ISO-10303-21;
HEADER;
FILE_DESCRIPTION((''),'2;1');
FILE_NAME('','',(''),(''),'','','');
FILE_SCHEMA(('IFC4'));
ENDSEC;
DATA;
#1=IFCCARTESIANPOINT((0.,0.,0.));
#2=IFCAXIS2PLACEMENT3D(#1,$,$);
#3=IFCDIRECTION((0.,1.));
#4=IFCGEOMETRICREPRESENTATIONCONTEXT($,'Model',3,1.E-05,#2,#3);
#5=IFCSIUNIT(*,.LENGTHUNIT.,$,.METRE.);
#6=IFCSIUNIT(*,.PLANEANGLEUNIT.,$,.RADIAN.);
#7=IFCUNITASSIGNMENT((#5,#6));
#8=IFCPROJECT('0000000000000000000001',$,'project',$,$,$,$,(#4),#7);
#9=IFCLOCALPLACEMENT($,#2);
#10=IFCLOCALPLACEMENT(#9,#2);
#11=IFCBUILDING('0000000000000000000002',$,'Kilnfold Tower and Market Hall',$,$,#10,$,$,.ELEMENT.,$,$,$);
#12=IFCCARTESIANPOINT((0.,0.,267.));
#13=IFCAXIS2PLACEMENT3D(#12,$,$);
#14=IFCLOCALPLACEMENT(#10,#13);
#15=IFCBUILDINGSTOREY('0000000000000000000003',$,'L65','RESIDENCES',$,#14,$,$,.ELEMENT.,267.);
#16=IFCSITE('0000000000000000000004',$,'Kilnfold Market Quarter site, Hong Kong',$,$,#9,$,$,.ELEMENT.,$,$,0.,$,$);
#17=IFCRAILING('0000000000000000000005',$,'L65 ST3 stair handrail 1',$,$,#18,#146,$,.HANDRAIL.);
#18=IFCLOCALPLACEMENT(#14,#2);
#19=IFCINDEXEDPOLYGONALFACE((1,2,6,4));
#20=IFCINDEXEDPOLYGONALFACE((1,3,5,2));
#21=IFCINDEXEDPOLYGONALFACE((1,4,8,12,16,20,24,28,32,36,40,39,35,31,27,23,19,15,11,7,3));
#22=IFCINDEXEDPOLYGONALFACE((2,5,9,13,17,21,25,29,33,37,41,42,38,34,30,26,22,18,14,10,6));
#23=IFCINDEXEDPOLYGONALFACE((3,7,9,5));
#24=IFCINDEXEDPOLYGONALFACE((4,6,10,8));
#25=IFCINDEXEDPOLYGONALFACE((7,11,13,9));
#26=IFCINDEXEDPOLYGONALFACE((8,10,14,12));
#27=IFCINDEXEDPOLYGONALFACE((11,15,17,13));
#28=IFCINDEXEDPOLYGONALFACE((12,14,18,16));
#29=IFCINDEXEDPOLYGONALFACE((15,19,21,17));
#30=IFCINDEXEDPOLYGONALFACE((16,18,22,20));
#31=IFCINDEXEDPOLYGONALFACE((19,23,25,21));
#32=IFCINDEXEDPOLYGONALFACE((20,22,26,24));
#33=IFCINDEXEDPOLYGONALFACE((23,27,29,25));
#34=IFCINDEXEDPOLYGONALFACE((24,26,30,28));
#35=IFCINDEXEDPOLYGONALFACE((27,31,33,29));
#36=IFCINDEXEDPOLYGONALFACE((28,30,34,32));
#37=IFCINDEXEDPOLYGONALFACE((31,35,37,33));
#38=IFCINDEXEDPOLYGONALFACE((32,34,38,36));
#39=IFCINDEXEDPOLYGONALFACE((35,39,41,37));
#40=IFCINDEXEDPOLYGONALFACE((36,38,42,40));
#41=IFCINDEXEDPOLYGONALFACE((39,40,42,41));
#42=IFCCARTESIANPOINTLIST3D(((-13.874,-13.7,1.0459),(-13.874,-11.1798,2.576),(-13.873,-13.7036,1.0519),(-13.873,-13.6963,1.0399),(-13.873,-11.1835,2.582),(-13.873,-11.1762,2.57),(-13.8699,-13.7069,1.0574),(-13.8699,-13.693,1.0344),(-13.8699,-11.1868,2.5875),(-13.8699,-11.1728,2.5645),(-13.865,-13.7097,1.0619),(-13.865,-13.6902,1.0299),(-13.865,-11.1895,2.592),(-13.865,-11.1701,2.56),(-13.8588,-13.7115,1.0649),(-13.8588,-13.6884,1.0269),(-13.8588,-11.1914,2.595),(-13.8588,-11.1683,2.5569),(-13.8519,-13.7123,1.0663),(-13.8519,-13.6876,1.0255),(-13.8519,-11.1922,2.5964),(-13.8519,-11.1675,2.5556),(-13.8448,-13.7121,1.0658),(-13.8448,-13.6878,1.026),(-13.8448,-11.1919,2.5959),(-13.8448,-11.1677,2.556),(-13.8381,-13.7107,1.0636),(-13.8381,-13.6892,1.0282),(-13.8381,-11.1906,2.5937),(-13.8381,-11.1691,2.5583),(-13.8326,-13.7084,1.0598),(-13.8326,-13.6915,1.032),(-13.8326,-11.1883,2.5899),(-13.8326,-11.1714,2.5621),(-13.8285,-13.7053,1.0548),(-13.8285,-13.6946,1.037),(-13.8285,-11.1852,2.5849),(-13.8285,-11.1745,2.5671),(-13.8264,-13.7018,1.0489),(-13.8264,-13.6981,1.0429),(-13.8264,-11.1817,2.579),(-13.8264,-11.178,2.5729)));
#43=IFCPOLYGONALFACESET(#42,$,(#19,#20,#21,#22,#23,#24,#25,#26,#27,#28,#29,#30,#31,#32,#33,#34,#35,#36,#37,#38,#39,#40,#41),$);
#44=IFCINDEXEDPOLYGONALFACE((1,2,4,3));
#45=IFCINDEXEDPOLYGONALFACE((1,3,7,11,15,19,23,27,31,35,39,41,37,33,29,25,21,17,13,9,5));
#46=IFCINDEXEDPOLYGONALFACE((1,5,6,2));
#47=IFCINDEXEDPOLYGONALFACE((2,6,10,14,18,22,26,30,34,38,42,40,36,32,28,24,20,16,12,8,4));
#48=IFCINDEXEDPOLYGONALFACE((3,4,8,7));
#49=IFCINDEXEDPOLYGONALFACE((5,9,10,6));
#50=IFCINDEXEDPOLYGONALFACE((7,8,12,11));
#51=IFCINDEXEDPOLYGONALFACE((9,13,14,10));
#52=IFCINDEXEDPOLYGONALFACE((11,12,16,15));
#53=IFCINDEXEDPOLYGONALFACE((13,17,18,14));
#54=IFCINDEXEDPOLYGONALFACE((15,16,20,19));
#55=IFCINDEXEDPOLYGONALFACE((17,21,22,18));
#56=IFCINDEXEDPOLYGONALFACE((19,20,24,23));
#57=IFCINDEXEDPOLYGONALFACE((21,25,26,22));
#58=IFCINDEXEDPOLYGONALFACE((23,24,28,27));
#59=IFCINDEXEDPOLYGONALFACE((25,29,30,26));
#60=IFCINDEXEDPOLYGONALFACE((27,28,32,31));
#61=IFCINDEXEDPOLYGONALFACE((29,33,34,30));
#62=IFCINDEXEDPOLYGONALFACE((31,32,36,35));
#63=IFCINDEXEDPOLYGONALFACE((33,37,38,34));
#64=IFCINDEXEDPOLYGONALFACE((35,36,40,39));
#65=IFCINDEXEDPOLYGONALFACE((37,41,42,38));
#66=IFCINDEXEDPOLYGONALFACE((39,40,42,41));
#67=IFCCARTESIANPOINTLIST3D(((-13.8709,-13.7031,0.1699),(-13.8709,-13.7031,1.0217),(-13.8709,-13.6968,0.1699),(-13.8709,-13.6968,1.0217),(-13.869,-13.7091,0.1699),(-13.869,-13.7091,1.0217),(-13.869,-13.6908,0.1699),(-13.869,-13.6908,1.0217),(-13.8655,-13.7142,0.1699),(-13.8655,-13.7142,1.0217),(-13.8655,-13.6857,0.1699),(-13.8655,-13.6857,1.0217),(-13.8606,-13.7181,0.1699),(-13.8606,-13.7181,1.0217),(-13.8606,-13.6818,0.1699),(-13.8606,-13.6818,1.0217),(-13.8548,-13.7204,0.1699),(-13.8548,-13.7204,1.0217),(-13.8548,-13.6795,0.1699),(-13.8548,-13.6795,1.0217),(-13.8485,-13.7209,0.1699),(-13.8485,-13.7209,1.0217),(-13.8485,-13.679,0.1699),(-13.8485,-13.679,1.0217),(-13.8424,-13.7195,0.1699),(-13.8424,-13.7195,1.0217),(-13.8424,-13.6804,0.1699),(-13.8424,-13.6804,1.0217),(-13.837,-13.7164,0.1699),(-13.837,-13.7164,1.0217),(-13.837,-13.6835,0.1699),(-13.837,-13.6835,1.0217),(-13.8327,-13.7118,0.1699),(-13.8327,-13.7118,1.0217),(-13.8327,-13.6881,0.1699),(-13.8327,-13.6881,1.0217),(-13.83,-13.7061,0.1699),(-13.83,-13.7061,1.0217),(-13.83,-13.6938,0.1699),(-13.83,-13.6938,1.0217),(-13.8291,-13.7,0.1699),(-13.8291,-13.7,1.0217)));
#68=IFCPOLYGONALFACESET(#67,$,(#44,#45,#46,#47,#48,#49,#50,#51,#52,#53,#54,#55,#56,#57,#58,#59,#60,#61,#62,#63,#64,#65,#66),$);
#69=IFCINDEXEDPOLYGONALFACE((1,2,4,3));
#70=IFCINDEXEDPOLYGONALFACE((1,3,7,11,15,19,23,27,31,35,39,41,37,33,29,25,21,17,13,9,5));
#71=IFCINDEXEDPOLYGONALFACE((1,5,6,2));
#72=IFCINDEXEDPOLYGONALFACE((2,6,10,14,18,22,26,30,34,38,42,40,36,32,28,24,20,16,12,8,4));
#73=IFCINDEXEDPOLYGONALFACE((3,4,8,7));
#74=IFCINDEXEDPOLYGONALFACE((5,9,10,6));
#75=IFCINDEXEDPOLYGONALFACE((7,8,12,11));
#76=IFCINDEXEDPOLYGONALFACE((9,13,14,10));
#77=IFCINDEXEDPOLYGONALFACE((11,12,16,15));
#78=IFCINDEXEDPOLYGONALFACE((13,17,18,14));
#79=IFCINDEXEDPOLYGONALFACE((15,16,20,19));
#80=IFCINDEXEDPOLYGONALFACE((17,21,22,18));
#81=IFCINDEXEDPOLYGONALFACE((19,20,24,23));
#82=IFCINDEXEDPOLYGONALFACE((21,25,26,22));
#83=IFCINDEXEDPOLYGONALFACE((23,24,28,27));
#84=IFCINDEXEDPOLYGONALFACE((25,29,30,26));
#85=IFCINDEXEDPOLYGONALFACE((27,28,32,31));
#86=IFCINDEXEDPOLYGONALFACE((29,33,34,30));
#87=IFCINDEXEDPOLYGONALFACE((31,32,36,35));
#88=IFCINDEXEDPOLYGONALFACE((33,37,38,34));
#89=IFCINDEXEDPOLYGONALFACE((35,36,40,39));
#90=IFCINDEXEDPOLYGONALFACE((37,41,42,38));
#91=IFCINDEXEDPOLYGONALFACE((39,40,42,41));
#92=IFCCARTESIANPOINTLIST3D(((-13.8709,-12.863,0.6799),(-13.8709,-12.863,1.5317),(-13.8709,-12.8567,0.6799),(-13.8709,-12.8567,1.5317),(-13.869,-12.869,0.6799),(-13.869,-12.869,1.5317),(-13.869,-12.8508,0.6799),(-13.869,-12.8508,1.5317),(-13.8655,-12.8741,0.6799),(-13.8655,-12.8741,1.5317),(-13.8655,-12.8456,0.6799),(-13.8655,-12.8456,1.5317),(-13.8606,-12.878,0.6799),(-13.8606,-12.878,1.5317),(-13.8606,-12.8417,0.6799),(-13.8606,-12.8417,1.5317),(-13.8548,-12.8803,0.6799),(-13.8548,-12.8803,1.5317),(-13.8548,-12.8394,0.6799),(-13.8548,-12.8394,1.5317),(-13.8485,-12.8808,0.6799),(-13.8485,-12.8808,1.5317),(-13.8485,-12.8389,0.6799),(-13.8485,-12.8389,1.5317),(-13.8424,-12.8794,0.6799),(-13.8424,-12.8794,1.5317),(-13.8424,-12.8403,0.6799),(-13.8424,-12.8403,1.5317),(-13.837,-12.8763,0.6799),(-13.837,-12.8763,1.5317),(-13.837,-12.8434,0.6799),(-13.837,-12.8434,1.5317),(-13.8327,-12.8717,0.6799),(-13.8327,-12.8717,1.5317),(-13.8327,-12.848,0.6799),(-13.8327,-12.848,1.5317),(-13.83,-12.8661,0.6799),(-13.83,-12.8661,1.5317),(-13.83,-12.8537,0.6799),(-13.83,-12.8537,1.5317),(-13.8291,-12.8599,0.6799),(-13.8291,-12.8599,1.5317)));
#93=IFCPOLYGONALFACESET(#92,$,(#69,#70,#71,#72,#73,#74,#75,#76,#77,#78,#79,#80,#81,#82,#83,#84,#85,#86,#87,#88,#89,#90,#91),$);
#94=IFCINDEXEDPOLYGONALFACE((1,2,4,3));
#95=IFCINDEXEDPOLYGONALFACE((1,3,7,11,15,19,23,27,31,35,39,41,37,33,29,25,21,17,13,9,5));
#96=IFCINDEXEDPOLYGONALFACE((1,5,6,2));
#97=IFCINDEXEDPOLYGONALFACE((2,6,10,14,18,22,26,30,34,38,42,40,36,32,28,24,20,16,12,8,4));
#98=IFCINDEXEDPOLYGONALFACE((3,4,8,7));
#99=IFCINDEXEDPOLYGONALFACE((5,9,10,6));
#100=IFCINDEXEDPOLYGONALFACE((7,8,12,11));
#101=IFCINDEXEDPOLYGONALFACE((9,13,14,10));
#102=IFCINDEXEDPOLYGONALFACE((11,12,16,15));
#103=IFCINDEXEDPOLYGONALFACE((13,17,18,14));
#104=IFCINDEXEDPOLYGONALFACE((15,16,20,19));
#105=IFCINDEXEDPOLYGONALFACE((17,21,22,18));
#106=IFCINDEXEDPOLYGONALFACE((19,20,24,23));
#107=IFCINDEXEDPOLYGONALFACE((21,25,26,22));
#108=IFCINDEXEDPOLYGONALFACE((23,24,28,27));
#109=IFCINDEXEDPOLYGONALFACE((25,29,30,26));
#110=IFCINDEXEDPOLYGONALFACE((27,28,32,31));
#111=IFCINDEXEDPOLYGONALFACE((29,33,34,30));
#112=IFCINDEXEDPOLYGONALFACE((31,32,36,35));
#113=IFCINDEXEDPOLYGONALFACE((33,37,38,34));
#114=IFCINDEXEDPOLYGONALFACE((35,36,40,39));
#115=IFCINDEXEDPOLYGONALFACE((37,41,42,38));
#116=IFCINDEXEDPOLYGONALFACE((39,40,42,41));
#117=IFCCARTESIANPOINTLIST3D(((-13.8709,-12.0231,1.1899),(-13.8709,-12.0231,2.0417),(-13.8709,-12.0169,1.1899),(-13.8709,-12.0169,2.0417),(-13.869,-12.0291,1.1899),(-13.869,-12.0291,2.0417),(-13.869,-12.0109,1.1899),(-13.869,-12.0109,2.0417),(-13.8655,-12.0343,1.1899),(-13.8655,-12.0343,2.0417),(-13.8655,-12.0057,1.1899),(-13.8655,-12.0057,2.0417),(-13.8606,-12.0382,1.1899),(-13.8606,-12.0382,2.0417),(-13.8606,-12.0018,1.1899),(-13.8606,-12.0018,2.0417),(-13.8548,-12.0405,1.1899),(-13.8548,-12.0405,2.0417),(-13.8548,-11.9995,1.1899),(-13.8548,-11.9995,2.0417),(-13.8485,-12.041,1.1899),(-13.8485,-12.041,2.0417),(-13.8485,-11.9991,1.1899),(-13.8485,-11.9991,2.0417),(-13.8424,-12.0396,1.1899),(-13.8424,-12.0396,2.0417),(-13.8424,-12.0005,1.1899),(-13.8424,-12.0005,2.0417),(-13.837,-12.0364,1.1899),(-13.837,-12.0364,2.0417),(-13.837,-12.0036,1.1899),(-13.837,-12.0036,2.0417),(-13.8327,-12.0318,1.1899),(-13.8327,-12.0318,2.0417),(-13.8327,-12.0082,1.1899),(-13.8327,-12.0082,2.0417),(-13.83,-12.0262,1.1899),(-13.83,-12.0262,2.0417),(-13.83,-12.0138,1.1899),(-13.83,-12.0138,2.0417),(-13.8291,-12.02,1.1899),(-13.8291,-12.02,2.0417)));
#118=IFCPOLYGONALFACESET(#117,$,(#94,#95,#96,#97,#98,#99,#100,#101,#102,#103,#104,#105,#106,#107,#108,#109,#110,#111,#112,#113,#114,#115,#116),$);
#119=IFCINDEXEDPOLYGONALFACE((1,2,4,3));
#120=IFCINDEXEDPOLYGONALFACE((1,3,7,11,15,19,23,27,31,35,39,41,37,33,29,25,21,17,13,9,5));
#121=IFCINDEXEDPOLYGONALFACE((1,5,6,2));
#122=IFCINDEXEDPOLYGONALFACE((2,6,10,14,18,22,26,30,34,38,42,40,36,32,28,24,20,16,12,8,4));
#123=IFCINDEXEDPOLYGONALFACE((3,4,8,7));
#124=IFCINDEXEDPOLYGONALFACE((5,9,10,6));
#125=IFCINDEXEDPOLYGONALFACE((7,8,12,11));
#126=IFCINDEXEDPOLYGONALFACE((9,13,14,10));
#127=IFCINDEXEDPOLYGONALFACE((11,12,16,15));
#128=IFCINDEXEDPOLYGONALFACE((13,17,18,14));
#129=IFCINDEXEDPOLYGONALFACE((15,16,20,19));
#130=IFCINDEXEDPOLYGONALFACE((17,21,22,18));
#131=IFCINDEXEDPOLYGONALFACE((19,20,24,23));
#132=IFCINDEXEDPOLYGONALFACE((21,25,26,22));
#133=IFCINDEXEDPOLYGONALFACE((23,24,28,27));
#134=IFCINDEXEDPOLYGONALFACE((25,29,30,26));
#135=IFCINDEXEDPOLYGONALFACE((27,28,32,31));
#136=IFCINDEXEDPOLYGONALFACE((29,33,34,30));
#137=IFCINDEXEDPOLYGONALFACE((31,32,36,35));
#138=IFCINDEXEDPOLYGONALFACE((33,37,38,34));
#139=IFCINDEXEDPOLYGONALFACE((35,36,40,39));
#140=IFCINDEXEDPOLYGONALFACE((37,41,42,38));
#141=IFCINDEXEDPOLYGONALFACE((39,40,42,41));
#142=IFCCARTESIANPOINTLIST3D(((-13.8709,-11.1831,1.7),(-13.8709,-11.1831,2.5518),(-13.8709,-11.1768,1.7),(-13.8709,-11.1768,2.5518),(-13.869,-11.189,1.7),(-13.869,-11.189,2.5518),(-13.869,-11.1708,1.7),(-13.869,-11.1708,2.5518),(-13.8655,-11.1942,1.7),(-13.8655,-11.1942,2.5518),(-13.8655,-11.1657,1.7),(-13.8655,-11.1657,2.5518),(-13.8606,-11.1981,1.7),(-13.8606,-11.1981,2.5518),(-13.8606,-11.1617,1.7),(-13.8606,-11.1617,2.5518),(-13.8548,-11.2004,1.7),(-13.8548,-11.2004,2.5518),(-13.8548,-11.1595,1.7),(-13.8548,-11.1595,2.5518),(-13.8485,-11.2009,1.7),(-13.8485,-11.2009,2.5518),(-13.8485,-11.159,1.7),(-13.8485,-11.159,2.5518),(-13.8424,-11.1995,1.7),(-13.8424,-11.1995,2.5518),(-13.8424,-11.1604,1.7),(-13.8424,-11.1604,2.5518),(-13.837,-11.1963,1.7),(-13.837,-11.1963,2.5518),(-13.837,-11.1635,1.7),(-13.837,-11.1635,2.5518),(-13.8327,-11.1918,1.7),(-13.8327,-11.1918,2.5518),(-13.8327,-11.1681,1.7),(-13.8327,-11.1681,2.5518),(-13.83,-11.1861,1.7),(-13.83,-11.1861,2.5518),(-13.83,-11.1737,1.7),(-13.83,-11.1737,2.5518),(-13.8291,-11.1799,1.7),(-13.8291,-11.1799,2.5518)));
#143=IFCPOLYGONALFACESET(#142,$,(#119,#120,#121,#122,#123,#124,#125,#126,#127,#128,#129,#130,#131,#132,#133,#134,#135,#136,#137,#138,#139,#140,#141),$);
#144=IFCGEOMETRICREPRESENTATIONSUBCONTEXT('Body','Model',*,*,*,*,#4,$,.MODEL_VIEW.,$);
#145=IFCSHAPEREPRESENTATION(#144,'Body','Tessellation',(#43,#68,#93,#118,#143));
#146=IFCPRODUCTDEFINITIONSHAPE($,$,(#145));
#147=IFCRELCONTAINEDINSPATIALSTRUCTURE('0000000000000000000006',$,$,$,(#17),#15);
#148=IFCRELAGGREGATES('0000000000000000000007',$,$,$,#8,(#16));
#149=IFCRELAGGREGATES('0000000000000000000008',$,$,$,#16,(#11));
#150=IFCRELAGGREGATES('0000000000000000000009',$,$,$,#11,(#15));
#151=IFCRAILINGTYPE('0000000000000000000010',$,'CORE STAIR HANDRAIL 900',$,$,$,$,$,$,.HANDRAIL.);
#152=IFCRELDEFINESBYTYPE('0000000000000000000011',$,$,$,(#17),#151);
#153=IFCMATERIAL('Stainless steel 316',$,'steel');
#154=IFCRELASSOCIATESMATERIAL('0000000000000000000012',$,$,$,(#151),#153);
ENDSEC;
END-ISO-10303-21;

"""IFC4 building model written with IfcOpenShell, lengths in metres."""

from ifc_helpers import new_model, si_unit, direction, frame, origin, origin_2d, place, context, subcontext, project, spatial, circle, extrude, material, type_object, element, save


model = new_model("IFC4")

# Units and contexts
model_context = context("Model", 3, precision=1e-05, world=origin(), true_north=direction((0.0, 1.0)))
body_context = subcontext(model_context, "Body", "Model", "MODEL_VIEW")
ifc_project = project(units=[si_unit("LENGTHUNIT", "METRE"), si_unit("PLANEANGLEUNIT", "RADIAN")], contexts=[model_context])

# Site, building, storey
site_placement = place(None, origin())
site = spatial("IfcSite", under=ifc_project, at=site_placement, Name="Kilnfold Market Quarter site, Hong Kong", CompositionType="ELEMENT", RefElevation=0.0)
building_placement = place(site_placement, origin())
building = spatial("IfcBuilding", under=site, at=building_placement, Name="Kilnfold Tower and Market Hall", CompositionType="ELEMENT")
storey_placement = place(building_placement, frame((0.0, 0.0, 267.0)))
storey = spatial("IfcBuildingStorey", under=building, at=storey_placement, Name="L65", Description="RESIDENCES", CompositionType="ELEMENT", Elevation=267.0)

# Railing
ifc_material_1 = material(Name="Stainless steel 316", Category="steel")
railing_type_1 = type_object("IfcRailingType", Name="CORE STAIR HANDRAIL 900", PredefinedType="HANDRAIL", material=ifc_material_1)
railing_1_placement = place(storey_placement, frame((-13.8501, -13.7, 0.1699)))
element("IfcRailing", 1, at=railing_1_placement, inside=storey, type_object=railing_type_1, Name="L65 ST3 stair handrail 1", PredefinedType="HANDRAIL", context=body_context, shape_type="SweptSolid", body=[
    extrude(circle(Radius=0.0239, at=origin_2d()), frame((0.0, 0.0, 0.876), z_axis=(0.0, 0.854785, 0.518982), x_axis=(-1.0, 0.0, 0.0)), (0.0, 0.0, 1.0), 2.9482),
    extrude(circle(Radius=0.021, at=origin_2d()), origin(), (0.0, 0.0, 1.0), 0.8518),
    extrude(circle(Radius=0.021, at=origin_2d()), frame((0.0, 0.8401, 0.51)), (0.0, 0.0, 1.0), 0.8518),
    extrude(circle(Radius=0.021, at=origin_2d()), frame((0.0, 1.6799, 1.02)), (0.0, 0.0, 1.0), 0.8518),
    extrude(circle(Radius=0.021, at=origin_2d()), frame((0.0, 2.52, 1.53)), (0.0, 0.0, 1.0), 0.8518),
])

save(model, "model.ifc")
